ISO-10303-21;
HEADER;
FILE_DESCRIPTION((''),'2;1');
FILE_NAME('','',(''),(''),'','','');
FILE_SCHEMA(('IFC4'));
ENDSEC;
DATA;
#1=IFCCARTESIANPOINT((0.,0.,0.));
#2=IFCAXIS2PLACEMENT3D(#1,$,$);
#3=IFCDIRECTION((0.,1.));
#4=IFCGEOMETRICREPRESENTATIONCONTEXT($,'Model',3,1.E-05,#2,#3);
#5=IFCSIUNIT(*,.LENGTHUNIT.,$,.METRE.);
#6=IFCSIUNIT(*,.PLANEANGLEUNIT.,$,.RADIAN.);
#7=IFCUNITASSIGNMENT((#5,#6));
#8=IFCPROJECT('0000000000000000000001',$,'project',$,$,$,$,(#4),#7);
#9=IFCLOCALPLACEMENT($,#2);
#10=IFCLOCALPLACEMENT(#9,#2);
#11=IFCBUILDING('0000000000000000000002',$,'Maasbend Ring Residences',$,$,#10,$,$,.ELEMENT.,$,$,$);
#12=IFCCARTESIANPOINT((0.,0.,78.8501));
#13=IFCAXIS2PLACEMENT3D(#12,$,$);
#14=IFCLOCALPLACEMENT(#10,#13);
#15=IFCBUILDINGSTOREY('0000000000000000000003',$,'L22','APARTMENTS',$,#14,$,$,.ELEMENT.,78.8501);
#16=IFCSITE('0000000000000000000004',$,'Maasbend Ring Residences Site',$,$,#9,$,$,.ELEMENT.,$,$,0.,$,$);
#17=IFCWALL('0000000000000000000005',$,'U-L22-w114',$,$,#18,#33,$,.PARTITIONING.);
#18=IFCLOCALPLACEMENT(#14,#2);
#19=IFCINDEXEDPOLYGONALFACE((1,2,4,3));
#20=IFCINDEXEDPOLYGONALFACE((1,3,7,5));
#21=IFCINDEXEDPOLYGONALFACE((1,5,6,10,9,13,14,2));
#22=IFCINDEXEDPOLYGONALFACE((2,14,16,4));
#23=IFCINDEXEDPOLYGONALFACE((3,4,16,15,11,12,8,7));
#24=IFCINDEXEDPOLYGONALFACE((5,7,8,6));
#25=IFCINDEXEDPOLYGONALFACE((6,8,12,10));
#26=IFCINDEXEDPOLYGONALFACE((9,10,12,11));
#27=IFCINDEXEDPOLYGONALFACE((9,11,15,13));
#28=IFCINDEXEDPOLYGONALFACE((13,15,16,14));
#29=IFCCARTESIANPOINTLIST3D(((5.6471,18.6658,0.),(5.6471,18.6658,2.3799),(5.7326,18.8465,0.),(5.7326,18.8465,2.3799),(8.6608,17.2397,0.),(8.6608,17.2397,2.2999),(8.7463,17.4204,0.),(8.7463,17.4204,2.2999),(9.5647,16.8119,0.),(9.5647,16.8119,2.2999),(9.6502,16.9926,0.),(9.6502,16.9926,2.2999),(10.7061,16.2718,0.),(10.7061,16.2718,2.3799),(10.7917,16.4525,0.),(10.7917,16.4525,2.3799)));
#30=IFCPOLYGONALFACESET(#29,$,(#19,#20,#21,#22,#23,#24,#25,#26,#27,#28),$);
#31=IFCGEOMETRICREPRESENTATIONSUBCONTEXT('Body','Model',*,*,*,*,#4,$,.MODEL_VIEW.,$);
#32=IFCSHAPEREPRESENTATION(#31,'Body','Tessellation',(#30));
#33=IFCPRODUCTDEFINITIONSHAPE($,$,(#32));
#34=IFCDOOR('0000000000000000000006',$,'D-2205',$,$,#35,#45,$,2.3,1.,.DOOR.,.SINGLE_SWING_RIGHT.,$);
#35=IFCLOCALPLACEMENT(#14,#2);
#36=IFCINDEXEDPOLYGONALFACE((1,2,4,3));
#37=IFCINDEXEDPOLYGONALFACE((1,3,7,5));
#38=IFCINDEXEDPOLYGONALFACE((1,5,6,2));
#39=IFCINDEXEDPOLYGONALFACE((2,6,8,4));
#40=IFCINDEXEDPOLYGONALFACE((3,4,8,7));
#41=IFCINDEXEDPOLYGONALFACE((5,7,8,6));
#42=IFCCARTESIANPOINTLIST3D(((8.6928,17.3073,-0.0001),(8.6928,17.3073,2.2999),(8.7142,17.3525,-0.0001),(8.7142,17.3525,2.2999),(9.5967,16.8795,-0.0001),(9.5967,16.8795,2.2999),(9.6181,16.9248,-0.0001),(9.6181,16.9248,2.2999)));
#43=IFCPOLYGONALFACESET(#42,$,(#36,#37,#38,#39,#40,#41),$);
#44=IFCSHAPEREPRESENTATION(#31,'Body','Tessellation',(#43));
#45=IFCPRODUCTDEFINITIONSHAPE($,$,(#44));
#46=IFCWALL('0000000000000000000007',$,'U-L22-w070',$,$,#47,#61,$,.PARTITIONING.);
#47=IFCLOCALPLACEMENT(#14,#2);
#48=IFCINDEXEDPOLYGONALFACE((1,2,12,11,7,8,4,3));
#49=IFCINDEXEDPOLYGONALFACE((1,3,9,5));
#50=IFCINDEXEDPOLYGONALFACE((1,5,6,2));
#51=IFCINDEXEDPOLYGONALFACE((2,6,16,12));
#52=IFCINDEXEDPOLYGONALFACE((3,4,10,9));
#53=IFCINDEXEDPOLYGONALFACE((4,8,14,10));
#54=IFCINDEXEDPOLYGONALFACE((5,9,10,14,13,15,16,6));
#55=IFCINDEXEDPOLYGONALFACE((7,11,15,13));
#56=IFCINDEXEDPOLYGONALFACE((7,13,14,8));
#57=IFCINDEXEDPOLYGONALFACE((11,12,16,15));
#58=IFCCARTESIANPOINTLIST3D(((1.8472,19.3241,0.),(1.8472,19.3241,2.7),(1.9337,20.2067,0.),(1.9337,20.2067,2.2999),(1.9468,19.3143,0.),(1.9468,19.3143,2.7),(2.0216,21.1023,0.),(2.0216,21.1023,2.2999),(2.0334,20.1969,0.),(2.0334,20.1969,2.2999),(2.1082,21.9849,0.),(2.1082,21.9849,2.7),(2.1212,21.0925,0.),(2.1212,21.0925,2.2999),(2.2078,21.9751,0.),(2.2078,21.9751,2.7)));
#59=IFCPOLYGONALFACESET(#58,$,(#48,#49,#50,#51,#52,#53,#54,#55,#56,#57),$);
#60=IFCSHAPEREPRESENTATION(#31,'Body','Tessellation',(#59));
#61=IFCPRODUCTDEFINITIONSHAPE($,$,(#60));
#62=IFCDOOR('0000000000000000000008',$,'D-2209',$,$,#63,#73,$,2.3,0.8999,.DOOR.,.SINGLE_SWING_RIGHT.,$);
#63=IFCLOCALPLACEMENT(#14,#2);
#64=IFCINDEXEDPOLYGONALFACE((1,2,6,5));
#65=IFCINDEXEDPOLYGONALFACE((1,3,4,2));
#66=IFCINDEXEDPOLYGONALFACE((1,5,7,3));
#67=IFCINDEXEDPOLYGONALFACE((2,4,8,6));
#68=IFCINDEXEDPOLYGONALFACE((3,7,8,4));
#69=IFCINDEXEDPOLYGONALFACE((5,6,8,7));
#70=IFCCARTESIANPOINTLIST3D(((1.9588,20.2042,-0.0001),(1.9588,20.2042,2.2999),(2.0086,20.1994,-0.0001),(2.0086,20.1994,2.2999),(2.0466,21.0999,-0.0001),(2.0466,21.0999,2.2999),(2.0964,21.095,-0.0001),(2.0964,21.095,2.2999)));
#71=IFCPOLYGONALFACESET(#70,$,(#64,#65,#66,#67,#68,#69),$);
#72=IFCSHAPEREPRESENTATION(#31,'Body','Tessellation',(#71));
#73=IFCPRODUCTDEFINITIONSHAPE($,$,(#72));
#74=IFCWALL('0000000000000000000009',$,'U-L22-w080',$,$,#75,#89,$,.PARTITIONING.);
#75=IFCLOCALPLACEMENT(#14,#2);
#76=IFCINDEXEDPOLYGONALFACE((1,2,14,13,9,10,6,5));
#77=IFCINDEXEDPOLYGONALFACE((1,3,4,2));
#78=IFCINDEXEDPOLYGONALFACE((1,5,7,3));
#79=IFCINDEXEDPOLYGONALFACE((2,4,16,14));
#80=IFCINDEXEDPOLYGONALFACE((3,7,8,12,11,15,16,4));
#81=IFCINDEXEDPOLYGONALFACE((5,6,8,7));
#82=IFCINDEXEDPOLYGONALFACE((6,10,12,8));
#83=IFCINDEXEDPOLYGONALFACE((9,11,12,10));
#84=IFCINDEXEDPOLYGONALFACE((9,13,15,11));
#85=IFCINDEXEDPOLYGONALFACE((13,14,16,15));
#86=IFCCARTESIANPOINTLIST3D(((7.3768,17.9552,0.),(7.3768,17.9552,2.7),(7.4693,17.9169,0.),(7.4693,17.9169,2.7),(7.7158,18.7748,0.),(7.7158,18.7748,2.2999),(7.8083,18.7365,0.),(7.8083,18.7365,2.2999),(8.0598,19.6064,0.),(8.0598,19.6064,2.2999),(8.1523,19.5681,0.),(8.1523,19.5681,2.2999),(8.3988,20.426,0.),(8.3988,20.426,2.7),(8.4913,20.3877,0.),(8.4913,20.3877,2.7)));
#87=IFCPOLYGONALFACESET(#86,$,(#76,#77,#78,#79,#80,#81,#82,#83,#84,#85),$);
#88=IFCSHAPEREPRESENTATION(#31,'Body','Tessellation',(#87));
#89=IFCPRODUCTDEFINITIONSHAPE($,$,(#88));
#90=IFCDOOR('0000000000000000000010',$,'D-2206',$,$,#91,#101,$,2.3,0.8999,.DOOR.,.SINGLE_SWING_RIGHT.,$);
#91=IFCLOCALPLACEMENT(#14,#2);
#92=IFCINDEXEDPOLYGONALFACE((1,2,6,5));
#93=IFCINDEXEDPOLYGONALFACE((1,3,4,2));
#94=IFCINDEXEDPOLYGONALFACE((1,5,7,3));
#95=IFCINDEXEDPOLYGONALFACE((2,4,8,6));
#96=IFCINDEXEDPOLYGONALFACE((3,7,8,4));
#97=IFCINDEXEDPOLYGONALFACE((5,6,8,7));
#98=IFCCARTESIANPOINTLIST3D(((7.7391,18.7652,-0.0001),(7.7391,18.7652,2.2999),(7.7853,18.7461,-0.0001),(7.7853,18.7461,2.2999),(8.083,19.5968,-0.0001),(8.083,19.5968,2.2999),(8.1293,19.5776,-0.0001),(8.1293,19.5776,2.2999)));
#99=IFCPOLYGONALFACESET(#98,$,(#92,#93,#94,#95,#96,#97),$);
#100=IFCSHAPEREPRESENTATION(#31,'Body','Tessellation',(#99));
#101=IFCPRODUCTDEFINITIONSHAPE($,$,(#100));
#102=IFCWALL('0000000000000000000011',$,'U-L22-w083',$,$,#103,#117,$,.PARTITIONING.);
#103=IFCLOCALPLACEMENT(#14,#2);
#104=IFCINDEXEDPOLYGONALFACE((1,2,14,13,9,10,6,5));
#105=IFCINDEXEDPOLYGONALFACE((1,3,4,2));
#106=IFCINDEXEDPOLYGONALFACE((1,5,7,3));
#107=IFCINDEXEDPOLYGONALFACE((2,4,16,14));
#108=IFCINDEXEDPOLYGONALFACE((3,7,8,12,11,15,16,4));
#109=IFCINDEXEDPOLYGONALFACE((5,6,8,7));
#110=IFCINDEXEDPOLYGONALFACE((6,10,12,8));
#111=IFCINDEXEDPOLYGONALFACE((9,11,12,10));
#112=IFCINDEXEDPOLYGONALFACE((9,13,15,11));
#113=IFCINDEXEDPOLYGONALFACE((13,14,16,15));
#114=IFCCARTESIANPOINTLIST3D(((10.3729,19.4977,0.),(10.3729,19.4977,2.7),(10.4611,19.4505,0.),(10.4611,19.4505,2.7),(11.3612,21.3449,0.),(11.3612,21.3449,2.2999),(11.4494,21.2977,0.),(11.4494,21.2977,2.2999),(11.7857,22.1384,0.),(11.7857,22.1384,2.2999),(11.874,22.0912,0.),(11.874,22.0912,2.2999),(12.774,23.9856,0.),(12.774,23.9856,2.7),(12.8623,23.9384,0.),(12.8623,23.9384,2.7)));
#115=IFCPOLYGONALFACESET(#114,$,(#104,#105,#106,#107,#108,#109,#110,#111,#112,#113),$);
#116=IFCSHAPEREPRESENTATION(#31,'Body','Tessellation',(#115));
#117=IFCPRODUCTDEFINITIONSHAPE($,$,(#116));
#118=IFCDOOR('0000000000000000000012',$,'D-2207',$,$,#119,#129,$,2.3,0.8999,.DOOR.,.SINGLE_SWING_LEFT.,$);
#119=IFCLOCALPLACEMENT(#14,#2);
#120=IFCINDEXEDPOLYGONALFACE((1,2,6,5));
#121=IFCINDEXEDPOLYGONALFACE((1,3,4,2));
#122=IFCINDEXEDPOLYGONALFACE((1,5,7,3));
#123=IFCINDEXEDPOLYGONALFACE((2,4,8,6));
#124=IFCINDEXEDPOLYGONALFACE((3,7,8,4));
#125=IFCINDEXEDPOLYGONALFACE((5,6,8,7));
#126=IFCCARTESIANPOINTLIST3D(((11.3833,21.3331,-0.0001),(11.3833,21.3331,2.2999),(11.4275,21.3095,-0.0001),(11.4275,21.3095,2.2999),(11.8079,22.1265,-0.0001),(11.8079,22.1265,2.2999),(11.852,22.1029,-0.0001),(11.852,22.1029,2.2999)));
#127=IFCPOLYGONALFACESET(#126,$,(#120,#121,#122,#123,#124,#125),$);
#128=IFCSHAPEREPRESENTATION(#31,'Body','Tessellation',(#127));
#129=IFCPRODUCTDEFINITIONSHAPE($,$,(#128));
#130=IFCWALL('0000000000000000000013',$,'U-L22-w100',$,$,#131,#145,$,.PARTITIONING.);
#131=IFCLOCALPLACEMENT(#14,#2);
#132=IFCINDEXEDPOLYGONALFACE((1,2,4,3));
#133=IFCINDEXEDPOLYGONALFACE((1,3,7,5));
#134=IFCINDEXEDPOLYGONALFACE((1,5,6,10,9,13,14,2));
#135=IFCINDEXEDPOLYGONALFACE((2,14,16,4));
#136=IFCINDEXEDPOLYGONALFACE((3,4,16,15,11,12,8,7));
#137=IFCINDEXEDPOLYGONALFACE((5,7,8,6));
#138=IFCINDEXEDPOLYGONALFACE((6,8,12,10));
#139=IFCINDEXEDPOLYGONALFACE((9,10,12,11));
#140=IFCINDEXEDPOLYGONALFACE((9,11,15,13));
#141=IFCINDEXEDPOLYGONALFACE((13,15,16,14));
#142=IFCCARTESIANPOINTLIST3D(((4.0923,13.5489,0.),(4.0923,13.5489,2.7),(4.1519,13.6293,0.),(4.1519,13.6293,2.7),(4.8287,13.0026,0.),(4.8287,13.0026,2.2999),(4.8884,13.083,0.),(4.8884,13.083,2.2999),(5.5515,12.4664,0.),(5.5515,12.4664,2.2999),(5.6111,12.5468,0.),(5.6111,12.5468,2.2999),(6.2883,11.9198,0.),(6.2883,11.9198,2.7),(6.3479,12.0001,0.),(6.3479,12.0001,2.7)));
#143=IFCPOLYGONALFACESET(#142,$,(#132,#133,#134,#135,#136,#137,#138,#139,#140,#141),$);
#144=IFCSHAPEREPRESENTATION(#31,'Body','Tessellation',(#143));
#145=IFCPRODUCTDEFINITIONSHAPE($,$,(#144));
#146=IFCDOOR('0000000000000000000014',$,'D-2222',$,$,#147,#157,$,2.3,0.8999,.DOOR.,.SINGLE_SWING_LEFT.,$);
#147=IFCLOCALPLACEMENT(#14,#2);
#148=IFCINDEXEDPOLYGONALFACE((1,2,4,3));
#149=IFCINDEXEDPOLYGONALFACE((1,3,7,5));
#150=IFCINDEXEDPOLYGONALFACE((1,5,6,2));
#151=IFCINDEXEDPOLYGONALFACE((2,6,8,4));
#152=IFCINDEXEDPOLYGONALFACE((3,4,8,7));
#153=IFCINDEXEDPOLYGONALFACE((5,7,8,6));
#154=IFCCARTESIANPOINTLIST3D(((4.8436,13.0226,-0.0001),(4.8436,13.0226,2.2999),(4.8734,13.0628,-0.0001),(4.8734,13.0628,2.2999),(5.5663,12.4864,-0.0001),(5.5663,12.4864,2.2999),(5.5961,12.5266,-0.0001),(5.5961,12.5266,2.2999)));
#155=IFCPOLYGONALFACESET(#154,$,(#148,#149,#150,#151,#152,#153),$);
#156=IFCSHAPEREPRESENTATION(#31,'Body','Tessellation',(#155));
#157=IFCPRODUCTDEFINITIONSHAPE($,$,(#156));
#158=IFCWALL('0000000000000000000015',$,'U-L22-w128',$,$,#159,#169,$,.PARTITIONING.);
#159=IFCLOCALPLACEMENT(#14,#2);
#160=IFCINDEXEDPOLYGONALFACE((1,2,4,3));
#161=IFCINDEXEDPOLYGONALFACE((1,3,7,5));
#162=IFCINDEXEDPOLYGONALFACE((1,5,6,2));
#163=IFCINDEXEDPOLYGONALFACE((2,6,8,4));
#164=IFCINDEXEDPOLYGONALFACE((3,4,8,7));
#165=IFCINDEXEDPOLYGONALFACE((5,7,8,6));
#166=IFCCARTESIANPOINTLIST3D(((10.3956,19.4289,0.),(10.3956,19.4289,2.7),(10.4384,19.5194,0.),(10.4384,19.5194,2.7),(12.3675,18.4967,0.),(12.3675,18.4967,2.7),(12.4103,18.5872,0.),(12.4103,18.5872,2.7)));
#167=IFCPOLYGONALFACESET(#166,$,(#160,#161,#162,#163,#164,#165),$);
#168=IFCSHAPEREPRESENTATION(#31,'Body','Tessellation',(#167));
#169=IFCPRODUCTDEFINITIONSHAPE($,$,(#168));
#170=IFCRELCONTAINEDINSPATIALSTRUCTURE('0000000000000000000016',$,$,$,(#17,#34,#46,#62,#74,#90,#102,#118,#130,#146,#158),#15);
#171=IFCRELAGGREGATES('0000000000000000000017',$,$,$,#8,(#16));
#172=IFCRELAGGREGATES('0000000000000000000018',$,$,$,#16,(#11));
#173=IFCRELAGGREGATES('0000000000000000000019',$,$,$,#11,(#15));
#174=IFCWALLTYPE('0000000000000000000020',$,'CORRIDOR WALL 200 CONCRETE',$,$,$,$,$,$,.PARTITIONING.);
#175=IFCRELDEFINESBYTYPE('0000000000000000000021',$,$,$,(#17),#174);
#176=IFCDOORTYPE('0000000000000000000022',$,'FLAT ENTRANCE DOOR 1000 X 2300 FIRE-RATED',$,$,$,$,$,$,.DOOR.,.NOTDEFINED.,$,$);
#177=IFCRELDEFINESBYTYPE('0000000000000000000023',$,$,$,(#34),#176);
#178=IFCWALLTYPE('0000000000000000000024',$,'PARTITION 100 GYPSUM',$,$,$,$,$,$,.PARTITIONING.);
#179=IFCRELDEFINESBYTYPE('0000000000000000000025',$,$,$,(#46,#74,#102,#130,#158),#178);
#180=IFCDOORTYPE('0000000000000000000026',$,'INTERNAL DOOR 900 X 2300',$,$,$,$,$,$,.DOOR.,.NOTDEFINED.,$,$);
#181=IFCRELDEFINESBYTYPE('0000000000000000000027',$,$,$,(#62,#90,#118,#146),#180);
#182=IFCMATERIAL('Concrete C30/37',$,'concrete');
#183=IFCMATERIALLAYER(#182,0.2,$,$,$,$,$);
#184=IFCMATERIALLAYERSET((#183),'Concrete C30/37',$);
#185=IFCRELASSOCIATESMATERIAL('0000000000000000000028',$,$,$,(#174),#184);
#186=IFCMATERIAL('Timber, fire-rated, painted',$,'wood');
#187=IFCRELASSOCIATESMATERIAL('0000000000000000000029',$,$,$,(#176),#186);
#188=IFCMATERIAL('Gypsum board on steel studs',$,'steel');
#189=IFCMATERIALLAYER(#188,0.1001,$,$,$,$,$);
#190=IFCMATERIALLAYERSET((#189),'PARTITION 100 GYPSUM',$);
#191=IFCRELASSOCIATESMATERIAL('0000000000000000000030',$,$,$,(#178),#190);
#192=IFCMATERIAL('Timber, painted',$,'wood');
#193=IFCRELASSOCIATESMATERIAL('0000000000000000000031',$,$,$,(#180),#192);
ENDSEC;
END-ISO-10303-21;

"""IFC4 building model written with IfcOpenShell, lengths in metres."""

from ifc_helpers import new_model, si_unit, direction, frame, frame_2d, origin, place, context, subcontext, project, spatial, rectangle, extrude, material, layer, layer_set, type_object, element, fill, save


model = new_model("IFC4")

# Units and contexts
model_context = context("Model", 3, precision=1e-05, world=origin(), true_north=direction((0.0, 1.0)))
body_context = subcontext(model_context, "Body", "Model", "MODEL_VIEW")
ifc_project = project(units=[si_unit("LENGTHUNIT", "METRE"), si_unit("PLANEANGLEUNIT", "RADIAN")], contexts=[model_context])

# Site, building, storey
site_placement = place(None, origin())
site = spatial("IfcSite", under=ifc_project, at=site_placement, Name="Maasbend Ring Residences Site", CompositionType="ELEMENT", RefElevation=0.0)
building_placement = place(site_placement, origin())
building = spatial("IfcBuilding", under=site, at=building_placement, Name="Maasbend Ring Residences", CompositionType="ELEMENT")
storey_placement = place(building_placement, frame((0.0, 0.0, 78.8501)))
storey = spatial("IfcBuildingStorey", under=building, at=storey_placement, Name="L22", Description="APARTMENTS", CompositionType="ELEMENT", Elevation=78.8501)

# Shared definitions
ifc_material_1 = material(Name="Concrete C30/37", Category="concrete")
ifc_layer_1 = layer(ifc_material_1, 0.2)
ifc_layer_set_1 = layer_set([ifc_layer_1], Name="Concrete C30/37")
wall_type_1 = type_object("IfcWallType", Name="CORRIDOR WALL 200 CONCRETE", PredefinedType="PARTITIONING", material=ifc_layer_set_1)
ifc_material_2 = material(Name="Timber, fire-rated, painted", Category="wood")
door_type_1 = type_object("IfcDoorType", Name="FLAT ENTRANCE DOOR 1000 X 2300 FIRE-RATED", OperationType="NOTDEFINED", PredefinedType="DOOR", material=ifc_material_2)

# Walls, openings, doors
wall_1_placement = place(storey_placement, frame((5.6899, 18.7561, 0.0), z_axis=(0.0, 0.0, 1.0), x_axis=(0.903901, -0.427741, 0.0)))
wall_1 = element("IfcWall", 1, at=wall_1_placement, inside=storey, type_object=wall_type_1, Name="U-L22-w114", PredefinedType="PARTITIONING", context=body_context, shape_type="SweptSolid", body=[
    extrude(rectangle(XDim=5.5969, YDim=0.2, at=frame_2d((2.7983, 0.0))), origin(), (0.0, 0.0, 1.0), 2.3799),
])
opening_1_placement = place(wall_1_placement, frame((3.334, 0.0, 0.0)))
opening_1 = element("IfcOpeningElement", 2, at=opening_1_placement, cuts=wall_1, PredefinedType="OPENING", context=body_context, shape_type="SweptSolid", body=[
    extrude(rectangle(XDim=1.0, YDim=2.3, at=frame_2d((0.5, 1.1499))), frame((0.0, 0.1099, 0.0), z_axis=(0.0, -1.0, 0.0), x_axis=(1.0, 0.0, 0.0)), (0.0, 0.0, 1.0), 0.22),
])
door_1_placement = place(opening_1_placement, origin())
door_1 = element("IfcDoor", 3, at=door_1_placement, inside=storey, type_object=door_type_1, Name="D-2205", OperationType="SINGLE_SWING_RIGHT", OverallHeight=2.3, OverallWidth=1.0, PredefinedType="DOOR", context=body_context, shape_type="SweptSolid", body=[
    extrude(rectangle(XDim=1.0, YDim=2.3, at=frame_2d((0.5, 1.1499))), frame((0.0, 0.0249, 0.0), z_axis=(0.0, -1.0, 0.0), x_axis=(1.0, 0.0, 0.0)), (0.0, 0.0, 1.0), 0.05),
])
fill(opening_1, door_1)
ifc_material_3 = material(Name="Gypsum board on steel studs", Category="steel")
ifc_layer_2 = layer(ifc_material_3, 0.1001)
ifc_layer_set_2 = layer_set([ifc_layer_2], Name="PARTITION 100 GYPSUM")
wall_type_2 = type_object("IfcWallType", Name="PARTITION 100 GYPSUM", PredefinedType="PARTITIONING", material=ifc_layer_set_2)
wall_2_placement = place(storey_placement, frame((1.897, 19.3191, 0.0), z_axis=(0.0, 0.0, 1.0), x_axis=(0.097614, 0.995224, 0.0)))
wall_2 = element("IfcWall", 4, at=wall_2_placement, inside=storey, type_object=wall_type_2, Name="U-L22-w070", PredefinedType="PARTITIONING", context=body_context, shape_type="SweptSolid", body=[
    extrude(rectangle(XDim=2.6736, YDim=0.1001, at=frame_2d((1.3369, 0.0))), origin(), (0.0, 0.0, 1.0), 2.7),
])
opening_2_placement = place(wall_2_placement, frame((0.887, 0.0, 0.0)))
opening_2 = element("IfcOpeningElement", 5, at=opening_2_placement, cuts=wall_2, PredefinedType="OPENING", context=body_context, shape_type="SweptSolid", body=[
    extrude(rectangle(XDim=0.8999, YDim=2.3, at=frame_2d((0.45, 1.1499))), frame((0.0, 0.0601, 0.0), z_axis=(0.0, -1.0, 0.0), x_axis=(1.0, 0.0, 0.0)), (0.0, 0.0, 1.0), 0.1201),
])
ifc_material_4 = material(Name="Timber, painted", Category="wood")
door_type_2 = type_object("IfcDoorType", Name="INTERNAL DOOR 900 X 2300", OperationType="NOTDEFINED", PredefinedType="DOOR", material=ifc_material_4)
door_2_placement = place(opening_2_placement, origin())
door_2 = element("IfcDoor", 6, at=door_2_placement, inside=storey, type_object=door_type_2, Name="D-2209", OperationType="SINGLE_SWING_RIGHT", OverallHeight=2.3, OverallWidth=0.8999, PredefinedType="DOOR", context=body_context, shape_type="SweptSolid", body=[
    extrude(rectangle(XDim=0.8999, YDim=2.3, at=frame_2d((0.45, 1.1499))), frame((0.0, 0.0249, 0.0), z_axis=(0.0, -1.0, 0.0), x_axis=(1.0, 0.0, 0.0)), (0.0, 0.0, 1.0), 0.05),
])
fill(opening_2, door_2)
wall_3_placement = place(storey_placement, frame((7.4231, 17.936, 0.0), z_axis=(0.0, 0.0, 1.0), x_axis=(0.382196, 0.924081, 0.0)))
wall_3 = element("IfcWall", 7, at=wall_3_placement, inside=storey, type_object=wall_type_2, Name="U-L22-w080", PredefinedType="PARTITIONING", context=body_context, shape_type="SweptSolid", body=[
    extrude(rectangle(XDim=2.6738, YDim=0.1001, at=frame_2d((1.3369, 0.0))), origin(), (0.0, 0.0, 1.0), 2.7),
])
opening_3_placement = place(wall_3_placement, frame((0.887, 0.0, 0.0)))
opening_3 = element("IfcOpeningElement", 8, at=opening_3_placement, cuts=wall_3, PredefinedType="OPENING", context=body_context, shape_type="SweptSolid", body=[
    extrude(rectangle(XDim=0.8999, YDim=2.3, at=frame_2d((0.45, 1.1499))), frame((0.0, 0.0601, 0.0), z_axis=(0.0, -1.0, 0.0), x_axis=(1.0, 0.0, 0.0)), (0.0, 0.0, 1.0), 0.1201),
])
door_3_placement = place(opening_3_placement, origin())
door_3 = element("IfcDoor", 9, at=door_3_placement, inside=storey, type_object=door_type_2, Name="D-2206", OperationType="SINGLE_SWING_RIGHT", OverallHeight=2.3, OverallWidth=0.8999, PredefinedType="DOOR", context=body_context, shape_type="SweptSolid", body=[
    extrude(rectangle(XDim=0.8999, YDim=2.3, at=frame_2d((0.45, 1.1499))), frame((0.0, 0.0249, 0.0), z_axis=(0.0, -1.0, 0.0), x_axis=(1.0, 0.0, 0.0)), (0.0, 0.0, 1.0), 0.05),
])
fill(opening_3, door_3)
wall_4_placement = place(storey_placement, frame((10.417, 19.4741, 0.0), z_axis=(0.0, 0.0, 1.0), x_axis=(0.471755, 0.881729, 0.0)))
wall_4 = element("IfcWall", 10, at=wall_4_placement, inside=storey, type_object=wall_type_2, Name="U-L22-w083", PredefinedType="PARTITIONING", context=body_context, shape_type="SweptSolid", body=[
    extrude(rectangle(XDim=5.0898, YDim=0.1001, at=frame_2d((2.5449, 0.0))), origin(), (0.0, 0.0, 1.0), 2.7),
])
opening_4_placement = place(wall_4_placement, frame((2.095, 0.0, 0.0)))
opening_4 = element("IfcOpeningElement", 11, at=opening_4_placement, cuts=wall_4, PredefinedType="OPENING", context=body_context, shape_type="SweptSolid", body=[
    extrude(rectangle(XDim=0.8999, YDim=2.3, at=frame_2d((0.45, 1.1499))), frame((0.0, 0.0601, 0.0), z_axis=(0.0, -1.0, 0.0), x_axis=(1.0, 0.0, 0.0)), (0.0, 0.0, 1.0), 0.1201),
])
door_4_placement = place(opening_4_placement, origin())
door_4 = element("IfcDoor", 12, at=door_4_placement, inside=storey, type_object=door_type_2, Name="D-2207", OperationType="SINGLE_SWING_LEFT", OverallHeight=2.3, OverallWidth=0.8999, PredefinedType="DOOR", context=body_context, shape_type="SweptSolid", body=[
    extrude(rectangle(XDim=0.8999, YDim=2.3, at=frame_2d((0.45, 1.1499))), frame((0.0, 0.0249, 0.0), z_axis=(0.0, -1.0, 0.0), x_axis=(1.0, 0.0, 0.0)), (0.0, 0.0, 1.0), 0.05),
])
fill(opening_4, door_4)
wall_5_placement = place(storey_placement, frame((4.1221, 13.5891, 0.0), z_axis=(0.0, 0.0, 1.0), x_axis=(0.803128, -0.595806, 0.0)))
wall_5 = element("IfcWall", 13, at=wall_5_placement, inside=storey, type_object=wall_type_2, Name="U-L22-w100", PredefinedType="PARTITIONING", context=body_context, shape_type="SweptSolid", body=[
    extrude(rectangle(XDim=2.7344, YDim=0.1001, at=frame_2d((1.3672, 0.0))), origin(), (0.0, 0.0, 1.0), 2.7),
])
opening_5_placement = place(wall_5_placement, frame((0.917, 0.0, 0.0)))
opening_5 = element("IfcOpeningElement", 14, at=opening_5_placement, cuts=wall_5, PredefinedType="OPENING", context=body_context, shape_type="SweptSolid", body=[
    extrude(rectangle(XDim=0.8999, YDim=2.3, at=frame_2d((0.45, 1.1499))), frame((0.0, 0.0601, 0.0), z_axis=(0.0, -1.0, 0.0), x_axis=(1.0, 0.0, 0.0)), (0.0, 0.0, 1.0), 0.1201),
])
door_5_placement = place(opening_5_placement, origin())
door_5 = element("IfcDoor", 15, at=door_5_placement, inside=storey, type_object=door_type_2, Name="D-2222", OperationType="SINGLE_SWING_LEFT", OverallHeight=2.3, OverallWidth=0.8999, PredefinedType="DOOR", context=body_context, shape_type="SweptSolid", body=[
    extrude(rectangle(XDim=0.8999, YDim=2.3, at=frame_2d((0.45, 1.1499))), frame((0.0, 0.0249, 0.0), z_axis=(0.0, -1.0, 0.0), x_axis=(1.0, 0.0, 0.0)), (0.0, 0.0, 1.0), 0.05),
])
fill(opening_5, door_5)

# Wall
wall_6_placement = place(storey_placement, frame((10.417, 19.4741, 0.0), z_axis=(0.0, 0.0, 1.0), x_axis=(0.904082, -0.42736, 0.0)))
element("IfcWall", 16, at=wall_6_placement, inside=storey, type_object=wall_type_2, Name="U-L22-w128", PredefinedType="PARTITIONING", context=body_context, shape_type="SweptSolid", body=[
    extrude(rectangle(XDim=2.1812, YDim=0.1001, at=frame_2d((1.0906, 0.0))), origin(), (0.0, 0.0, 1.0), 2.7),
])

save(model, "model.ifc")
